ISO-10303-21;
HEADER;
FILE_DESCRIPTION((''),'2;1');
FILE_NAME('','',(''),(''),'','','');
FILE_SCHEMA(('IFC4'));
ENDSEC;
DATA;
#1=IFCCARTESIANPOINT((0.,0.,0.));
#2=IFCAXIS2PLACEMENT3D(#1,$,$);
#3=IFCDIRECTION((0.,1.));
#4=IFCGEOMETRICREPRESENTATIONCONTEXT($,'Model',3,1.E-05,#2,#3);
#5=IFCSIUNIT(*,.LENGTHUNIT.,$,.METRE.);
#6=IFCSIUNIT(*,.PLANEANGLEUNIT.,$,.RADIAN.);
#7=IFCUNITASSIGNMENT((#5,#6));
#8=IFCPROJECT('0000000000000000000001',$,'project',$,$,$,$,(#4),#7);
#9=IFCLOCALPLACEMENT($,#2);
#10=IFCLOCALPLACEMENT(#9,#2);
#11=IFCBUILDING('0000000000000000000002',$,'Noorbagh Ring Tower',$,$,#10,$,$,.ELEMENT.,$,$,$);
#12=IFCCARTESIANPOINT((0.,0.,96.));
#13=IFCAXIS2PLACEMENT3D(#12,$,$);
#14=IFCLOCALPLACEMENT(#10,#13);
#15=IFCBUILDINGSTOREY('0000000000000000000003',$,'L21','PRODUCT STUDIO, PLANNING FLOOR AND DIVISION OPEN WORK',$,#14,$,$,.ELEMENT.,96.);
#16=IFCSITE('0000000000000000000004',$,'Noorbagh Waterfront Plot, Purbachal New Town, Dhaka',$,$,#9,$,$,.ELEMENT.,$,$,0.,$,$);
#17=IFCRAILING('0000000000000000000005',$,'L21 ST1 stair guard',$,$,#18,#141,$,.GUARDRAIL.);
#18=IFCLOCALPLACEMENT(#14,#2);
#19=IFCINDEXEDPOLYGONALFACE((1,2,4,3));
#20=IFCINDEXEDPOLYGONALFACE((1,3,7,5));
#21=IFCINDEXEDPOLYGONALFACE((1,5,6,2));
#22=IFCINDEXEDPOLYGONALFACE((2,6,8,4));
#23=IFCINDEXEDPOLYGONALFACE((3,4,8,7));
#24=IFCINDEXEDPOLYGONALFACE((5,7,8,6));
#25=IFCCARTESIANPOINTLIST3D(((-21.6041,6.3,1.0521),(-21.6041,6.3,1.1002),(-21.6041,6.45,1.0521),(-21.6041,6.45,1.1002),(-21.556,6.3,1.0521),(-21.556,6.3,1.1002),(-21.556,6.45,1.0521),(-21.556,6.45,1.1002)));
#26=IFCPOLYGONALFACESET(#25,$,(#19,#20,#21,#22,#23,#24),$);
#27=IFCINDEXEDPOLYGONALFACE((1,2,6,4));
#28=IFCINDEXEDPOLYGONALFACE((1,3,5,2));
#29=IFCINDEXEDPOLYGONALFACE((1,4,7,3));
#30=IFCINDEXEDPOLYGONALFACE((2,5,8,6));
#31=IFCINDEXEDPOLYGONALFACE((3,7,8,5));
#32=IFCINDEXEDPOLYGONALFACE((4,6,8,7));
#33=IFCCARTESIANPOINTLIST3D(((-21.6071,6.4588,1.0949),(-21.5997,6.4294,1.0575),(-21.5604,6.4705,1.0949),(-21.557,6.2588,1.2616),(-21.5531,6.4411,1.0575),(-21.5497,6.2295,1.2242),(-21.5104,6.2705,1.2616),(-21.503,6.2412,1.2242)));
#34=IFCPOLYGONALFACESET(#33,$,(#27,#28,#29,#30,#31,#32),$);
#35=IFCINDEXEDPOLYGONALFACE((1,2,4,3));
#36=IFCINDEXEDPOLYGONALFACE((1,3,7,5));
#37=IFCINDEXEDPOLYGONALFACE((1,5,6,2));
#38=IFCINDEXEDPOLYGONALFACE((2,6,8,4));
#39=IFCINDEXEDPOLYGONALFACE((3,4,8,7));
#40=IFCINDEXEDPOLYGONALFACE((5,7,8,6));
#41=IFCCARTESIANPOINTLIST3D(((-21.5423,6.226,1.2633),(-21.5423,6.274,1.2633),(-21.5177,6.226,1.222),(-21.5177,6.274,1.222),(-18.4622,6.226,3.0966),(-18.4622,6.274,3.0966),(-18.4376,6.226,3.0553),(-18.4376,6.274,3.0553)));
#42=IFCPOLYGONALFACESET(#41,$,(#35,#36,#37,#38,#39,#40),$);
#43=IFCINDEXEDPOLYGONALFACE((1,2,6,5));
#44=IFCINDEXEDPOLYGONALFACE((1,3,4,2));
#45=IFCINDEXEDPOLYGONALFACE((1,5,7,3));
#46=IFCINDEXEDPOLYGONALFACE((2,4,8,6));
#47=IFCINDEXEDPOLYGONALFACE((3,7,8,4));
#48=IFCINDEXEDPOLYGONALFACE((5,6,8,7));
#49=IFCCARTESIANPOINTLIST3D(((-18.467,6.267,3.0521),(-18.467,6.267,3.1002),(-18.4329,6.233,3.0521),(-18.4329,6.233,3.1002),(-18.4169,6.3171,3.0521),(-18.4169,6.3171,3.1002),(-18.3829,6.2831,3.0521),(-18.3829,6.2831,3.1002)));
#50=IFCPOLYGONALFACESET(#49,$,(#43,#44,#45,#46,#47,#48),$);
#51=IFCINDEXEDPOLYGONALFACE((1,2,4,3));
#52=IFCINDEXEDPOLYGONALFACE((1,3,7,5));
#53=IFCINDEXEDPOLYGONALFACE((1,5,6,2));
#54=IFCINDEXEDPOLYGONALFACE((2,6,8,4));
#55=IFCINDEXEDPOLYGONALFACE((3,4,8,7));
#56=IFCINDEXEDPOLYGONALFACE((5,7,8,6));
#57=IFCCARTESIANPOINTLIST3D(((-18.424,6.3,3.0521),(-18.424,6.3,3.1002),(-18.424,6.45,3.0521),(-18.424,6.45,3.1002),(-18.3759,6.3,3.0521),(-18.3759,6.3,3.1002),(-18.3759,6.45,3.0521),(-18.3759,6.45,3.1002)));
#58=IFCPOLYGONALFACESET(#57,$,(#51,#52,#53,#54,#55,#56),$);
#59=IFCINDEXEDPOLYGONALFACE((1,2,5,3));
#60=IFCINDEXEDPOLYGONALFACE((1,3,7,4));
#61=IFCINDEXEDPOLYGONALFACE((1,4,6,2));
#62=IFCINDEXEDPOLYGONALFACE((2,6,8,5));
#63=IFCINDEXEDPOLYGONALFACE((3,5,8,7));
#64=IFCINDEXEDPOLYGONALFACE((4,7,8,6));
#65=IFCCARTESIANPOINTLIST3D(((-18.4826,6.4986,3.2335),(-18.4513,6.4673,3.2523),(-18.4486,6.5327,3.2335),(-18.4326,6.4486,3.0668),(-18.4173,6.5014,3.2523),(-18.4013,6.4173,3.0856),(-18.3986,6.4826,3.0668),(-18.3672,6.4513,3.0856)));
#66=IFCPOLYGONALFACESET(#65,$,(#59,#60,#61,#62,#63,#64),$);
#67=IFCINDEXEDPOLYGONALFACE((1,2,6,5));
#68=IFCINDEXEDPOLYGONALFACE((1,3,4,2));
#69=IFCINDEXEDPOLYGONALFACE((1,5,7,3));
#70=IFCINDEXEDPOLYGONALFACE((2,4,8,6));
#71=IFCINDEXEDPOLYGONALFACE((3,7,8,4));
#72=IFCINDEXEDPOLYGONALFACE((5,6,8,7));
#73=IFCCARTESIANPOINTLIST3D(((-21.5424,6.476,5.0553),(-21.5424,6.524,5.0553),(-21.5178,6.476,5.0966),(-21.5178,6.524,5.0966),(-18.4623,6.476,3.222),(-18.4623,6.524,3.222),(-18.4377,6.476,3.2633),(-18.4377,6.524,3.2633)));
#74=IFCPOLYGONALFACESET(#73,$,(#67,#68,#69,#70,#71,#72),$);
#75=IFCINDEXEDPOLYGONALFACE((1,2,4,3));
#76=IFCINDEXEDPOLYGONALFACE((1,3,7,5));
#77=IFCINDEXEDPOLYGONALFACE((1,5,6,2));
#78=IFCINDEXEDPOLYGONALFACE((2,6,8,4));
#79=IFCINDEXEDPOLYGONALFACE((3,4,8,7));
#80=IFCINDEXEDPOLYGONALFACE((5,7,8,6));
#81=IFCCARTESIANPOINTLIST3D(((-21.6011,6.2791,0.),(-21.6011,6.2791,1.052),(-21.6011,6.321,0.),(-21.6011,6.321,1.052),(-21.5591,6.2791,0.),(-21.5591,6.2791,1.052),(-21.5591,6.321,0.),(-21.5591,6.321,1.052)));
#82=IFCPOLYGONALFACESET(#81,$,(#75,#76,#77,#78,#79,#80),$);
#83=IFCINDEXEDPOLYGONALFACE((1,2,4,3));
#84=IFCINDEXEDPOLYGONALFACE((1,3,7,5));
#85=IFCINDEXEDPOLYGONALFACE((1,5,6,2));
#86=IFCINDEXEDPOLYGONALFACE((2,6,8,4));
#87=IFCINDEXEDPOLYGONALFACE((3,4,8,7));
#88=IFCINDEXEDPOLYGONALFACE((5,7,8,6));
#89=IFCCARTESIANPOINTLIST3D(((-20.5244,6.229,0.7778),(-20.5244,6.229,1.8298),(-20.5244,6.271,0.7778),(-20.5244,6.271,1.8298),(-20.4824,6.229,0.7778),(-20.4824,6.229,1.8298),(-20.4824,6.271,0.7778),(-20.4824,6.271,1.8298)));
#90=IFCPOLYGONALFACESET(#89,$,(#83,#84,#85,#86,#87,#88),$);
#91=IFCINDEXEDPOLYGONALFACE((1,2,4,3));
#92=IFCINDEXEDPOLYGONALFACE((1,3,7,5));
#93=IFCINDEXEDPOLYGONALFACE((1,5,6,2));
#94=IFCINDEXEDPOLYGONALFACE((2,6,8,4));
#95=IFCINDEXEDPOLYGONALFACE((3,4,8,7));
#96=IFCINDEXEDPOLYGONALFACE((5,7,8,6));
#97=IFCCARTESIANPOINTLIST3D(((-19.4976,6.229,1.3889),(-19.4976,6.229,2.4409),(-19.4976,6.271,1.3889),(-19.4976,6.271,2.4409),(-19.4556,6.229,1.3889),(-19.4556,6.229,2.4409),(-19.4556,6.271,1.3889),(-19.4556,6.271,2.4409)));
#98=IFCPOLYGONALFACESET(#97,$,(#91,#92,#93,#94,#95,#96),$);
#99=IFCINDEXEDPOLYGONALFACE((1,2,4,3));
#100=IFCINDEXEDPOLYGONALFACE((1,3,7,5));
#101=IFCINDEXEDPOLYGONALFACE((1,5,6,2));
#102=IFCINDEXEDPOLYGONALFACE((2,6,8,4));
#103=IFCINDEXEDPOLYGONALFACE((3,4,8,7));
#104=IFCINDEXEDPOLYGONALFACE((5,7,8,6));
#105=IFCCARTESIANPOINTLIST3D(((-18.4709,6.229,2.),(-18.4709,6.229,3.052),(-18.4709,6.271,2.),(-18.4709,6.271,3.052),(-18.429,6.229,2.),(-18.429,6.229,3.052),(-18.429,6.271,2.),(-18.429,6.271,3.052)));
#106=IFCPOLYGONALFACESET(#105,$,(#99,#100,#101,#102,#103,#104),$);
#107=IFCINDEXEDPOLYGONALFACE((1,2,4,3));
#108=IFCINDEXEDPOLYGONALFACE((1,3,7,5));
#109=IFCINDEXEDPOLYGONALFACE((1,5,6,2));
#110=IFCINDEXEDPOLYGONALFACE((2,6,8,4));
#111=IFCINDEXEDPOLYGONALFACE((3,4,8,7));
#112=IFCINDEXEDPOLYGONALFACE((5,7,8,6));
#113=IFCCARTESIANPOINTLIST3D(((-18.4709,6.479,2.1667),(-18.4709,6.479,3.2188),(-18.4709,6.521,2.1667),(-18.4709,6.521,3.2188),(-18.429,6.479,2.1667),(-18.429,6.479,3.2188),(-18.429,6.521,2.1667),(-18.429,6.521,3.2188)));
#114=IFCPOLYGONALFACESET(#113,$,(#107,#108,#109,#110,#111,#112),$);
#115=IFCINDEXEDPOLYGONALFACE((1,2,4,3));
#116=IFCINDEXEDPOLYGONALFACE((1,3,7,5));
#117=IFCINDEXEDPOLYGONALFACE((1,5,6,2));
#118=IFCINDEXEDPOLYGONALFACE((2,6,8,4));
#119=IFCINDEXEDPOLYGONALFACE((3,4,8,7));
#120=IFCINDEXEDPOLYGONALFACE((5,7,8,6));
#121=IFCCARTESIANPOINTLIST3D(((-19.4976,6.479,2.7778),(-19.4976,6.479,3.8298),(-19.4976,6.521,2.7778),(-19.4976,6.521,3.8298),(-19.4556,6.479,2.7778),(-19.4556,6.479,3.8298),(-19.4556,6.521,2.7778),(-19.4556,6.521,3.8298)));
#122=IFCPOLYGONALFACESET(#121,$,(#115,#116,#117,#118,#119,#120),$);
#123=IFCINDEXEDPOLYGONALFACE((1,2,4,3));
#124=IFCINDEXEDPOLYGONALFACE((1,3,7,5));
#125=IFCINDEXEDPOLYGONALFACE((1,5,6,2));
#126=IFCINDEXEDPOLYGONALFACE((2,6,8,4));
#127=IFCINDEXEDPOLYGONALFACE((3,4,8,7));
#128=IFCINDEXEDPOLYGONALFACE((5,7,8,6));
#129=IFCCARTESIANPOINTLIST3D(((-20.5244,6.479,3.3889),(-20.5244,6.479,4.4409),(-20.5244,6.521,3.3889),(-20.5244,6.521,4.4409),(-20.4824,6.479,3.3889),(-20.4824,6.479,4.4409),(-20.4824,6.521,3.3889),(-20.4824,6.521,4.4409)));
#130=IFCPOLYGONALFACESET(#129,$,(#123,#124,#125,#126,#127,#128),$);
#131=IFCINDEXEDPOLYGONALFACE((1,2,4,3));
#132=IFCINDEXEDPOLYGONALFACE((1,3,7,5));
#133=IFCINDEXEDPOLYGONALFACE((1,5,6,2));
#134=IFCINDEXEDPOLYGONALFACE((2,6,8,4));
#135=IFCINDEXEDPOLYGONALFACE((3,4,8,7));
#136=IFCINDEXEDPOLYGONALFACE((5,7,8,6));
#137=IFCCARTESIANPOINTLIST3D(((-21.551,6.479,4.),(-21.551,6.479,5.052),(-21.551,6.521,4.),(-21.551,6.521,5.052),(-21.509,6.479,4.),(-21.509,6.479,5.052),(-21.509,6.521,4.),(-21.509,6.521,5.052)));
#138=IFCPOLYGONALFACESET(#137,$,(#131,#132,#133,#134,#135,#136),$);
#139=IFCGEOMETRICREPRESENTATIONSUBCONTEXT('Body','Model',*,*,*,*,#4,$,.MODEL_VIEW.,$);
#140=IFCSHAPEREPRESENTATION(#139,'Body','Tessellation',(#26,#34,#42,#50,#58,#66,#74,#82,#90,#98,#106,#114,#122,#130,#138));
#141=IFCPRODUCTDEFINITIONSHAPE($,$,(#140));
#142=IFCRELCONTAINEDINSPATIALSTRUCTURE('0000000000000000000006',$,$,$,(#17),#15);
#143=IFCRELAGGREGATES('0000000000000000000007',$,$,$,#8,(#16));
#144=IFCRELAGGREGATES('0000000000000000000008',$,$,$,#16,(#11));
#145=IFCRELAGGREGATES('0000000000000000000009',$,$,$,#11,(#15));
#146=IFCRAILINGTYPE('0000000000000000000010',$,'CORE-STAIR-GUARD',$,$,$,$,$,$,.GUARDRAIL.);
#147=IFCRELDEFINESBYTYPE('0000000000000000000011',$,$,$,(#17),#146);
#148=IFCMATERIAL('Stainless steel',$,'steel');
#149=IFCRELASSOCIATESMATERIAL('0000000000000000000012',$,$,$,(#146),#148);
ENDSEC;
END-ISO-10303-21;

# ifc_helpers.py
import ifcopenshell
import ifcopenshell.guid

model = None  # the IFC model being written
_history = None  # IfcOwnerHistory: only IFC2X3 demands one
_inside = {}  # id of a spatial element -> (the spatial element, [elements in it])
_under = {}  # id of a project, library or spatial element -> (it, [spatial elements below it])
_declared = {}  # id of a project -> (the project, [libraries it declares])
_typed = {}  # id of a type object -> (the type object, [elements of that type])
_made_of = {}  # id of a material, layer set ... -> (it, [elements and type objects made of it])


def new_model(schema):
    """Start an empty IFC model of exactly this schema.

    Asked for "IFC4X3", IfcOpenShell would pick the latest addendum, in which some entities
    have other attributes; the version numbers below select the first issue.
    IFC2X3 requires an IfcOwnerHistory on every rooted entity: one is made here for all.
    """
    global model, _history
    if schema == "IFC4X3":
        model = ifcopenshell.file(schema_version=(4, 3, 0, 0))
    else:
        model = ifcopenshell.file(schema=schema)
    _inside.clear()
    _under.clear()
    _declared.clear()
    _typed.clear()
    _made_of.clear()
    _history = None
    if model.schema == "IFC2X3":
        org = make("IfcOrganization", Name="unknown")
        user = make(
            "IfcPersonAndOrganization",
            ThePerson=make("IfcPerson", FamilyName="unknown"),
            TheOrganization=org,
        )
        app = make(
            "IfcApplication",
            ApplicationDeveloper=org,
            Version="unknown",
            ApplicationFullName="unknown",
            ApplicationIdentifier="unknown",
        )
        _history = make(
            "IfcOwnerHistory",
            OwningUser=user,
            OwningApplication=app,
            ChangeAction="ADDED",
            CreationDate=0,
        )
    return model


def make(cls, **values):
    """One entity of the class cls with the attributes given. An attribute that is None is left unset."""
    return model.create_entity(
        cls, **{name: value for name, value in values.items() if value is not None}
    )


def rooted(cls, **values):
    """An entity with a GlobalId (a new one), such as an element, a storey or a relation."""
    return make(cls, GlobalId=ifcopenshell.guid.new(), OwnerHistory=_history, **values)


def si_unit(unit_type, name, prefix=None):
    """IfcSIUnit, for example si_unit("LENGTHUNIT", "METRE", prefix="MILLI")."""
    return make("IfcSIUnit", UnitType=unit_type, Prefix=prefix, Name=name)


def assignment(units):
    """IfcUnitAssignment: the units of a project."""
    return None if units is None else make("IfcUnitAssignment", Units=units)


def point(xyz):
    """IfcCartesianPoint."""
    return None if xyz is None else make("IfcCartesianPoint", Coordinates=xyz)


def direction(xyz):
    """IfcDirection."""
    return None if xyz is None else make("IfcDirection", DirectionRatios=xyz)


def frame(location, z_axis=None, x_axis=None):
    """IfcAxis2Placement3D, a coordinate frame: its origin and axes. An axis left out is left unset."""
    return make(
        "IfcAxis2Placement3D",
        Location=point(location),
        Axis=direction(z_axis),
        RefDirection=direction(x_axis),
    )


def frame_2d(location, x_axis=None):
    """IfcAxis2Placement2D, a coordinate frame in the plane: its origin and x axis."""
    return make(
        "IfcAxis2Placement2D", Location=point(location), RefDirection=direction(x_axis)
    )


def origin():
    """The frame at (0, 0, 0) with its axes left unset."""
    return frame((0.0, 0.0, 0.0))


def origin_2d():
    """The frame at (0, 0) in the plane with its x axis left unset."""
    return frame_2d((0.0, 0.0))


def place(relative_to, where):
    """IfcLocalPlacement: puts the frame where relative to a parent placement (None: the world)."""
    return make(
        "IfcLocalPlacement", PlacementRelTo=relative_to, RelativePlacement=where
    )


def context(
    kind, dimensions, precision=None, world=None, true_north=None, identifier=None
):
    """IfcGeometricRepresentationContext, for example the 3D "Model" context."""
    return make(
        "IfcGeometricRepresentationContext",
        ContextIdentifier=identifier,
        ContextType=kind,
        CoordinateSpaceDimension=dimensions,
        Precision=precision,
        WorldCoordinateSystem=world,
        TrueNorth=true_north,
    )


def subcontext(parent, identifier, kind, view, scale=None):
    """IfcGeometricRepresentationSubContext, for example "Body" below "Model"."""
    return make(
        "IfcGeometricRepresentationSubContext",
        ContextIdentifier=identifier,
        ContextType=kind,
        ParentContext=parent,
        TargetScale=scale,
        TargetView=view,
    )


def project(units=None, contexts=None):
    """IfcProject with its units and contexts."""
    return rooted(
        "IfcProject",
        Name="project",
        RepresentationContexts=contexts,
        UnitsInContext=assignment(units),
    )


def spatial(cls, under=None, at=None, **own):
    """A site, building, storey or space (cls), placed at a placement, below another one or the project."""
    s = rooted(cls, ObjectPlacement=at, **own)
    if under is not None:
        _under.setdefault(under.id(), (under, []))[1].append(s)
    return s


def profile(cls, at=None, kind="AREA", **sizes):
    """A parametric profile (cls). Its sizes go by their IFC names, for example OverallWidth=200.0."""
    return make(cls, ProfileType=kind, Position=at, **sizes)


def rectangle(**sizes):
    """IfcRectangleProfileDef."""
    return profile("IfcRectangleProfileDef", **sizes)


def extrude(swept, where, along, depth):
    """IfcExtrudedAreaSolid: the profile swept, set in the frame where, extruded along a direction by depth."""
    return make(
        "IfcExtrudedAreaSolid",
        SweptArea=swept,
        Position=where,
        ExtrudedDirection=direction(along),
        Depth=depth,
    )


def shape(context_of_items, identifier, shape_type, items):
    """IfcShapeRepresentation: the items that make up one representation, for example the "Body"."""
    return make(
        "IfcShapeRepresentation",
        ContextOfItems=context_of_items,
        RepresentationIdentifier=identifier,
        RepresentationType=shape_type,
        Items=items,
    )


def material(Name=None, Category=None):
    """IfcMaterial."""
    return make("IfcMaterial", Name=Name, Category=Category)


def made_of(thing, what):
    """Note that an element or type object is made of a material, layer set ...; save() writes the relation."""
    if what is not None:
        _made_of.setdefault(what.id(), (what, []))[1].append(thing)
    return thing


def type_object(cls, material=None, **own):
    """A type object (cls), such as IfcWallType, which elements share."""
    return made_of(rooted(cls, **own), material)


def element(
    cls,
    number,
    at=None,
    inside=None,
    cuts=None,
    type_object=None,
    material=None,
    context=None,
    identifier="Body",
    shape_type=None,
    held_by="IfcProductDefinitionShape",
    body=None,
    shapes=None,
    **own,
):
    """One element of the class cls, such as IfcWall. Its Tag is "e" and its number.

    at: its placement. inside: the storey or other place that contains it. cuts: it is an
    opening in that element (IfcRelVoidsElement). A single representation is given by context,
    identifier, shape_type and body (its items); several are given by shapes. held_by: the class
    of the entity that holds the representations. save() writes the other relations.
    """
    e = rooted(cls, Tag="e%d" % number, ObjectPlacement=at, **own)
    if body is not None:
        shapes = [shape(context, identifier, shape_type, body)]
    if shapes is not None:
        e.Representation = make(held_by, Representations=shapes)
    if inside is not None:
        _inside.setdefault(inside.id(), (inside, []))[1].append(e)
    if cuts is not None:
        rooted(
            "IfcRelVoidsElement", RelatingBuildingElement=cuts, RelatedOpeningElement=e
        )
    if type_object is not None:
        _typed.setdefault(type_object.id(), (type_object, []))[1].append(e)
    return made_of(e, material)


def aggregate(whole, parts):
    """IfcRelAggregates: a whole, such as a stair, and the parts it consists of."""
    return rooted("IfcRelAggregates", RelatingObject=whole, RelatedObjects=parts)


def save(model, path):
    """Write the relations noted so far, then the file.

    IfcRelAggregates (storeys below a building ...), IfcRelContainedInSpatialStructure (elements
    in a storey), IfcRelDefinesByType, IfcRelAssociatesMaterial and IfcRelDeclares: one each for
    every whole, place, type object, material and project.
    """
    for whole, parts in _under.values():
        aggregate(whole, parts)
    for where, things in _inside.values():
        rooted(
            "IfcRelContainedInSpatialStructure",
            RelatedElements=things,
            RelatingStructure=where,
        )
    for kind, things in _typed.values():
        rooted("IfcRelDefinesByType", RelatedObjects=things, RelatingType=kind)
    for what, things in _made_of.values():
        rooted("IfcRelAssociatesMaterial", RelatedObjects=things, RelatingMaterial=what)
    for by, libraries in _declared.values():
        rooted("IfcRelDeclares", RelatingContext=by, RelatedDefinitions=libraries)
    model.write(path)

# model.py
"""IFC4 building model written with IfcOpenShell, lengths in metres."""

from ifc_helpers import new_model, si_unit, direction, frame, origin, origin_2d, place, context, subcontext, project, spatial, rectangle, extrude, material, type_object, element, save


model = new_model("IFC4")

# Units and contexts
model_context = context("Model", 3, precision=1e-05, world=origin(), true_north=direction((0.0, 1.0)))
body_context = subcontext(model_context, "Body", "Model", "MODEL_VIEW")
ifc_project = project(units=[si_unit("LENGTHUNIT", "METRE"), si_unit("PLANEANGLEUNIT", "RADIAN")], contexts=[model_context])

# Site, building, storey
site_placement = place(None, origin())
site = spatial("IfcSite", under=ifc_project, at=site_placement, Name="Noorbagh Waterfront Plot, Purbachal New Town, Dhaka", CompositionType="ELEMENT", RefElevation=0.0)
building_placement = place(site_placement, origin())
building = spatial("IfcBuilding", under=site, at=building_placement, Name="Noorbagh Ring Tower", CompositionType="ELEMENT")
storey_placement = place(building_placement, frame((0.0, 0.0, 96.0)))
storey = spatial("IfcBuildingStorey", under=building, at=storey_placement, Name="L21", Description="PRODUCT STUDIO, PLANNING FLOOR AND DIVISION OPEN WORK", CompositionType="ELEMENT", Elevation=96.0)

# Railing
ifc_material_1 = material(Name="Stainless steel", Category="steel")
railing_type_1 = type_object("IfcRailingType", Name="CORE-STAIR-GUARD", PredefinedType="GUARDRAIL", material=ifc_material_1)
railing_1_placement = place(storey_placement, frame((-21.5801, 6.3, 0.0)))
element("IfcRailing", 1, at=railing_1_placement, inside=storey, type_object=railing_type_1, Name="L21 ST1 stair guard", PredefinedType="GUARDRAIL", context=body_context, shape_type="SweptSolid", body=[
    extrude(rectangle(XDim=0.0481, YDim=0.0481, at=origin_2d()), frame((0.0, 0.0, 1.0762), z_axis=(0.0, 1.0, 0.0), x_axis=(-1.0, 0.0, 0.0)), (0.0, 0.0, 1.0), 0.1499),
    extrude(rectangle(XDim=0.0481, YDim=0.0481, at=origin_2d()), frame((0.0, 0.1499, 1.0762), z_axis=(0.188776, -0.754182, 0.628946), x_axis=(0.970073, 0.242814, 0.0)), (0.0, 0.0, 1.0), 0.2651),
    extrude(rectangle(XDim=0.0481, YDim=0.0481, at=origin_2d()), frame((0.05, -0.05, 1.2427), z_axis=(0.859309, 0.0, 0.511458), x_axis=(0.0, 1.0, 0.0)), (0.0, 0.0, 1.0), 3.5845),
    extrude(rectangle(XDim=0.0481, YDim=0.0481, at=origin_2d()), frame((3.1301, -0.05, 3.0762), z_axis=(0.707107, 0.707107, 0.0), x_axis=(-0.707107, 0.707107, 0.0)), (0.0, 0.0, 1.0), 0.0708),
    extrude(rectangle(XDim=0.0481, YDim=0.0481, at=origin_2d()), frame((3.1802, 0.0, 3.0762), z_axis=(0.0, 1.0, 0.0), x_axis=(-1.0, 0.0, 0.0)), (0.0, 0.0, 1.0), 0.1499),
    extrude(rectangle(XDim=0.0481, YDim=0.0481, at=origin_2d()), frame((3.1802, 0.1499, 3.0762), z_axis=(-0.276287, 0.276287, 0.920506), x_axis=(-0.707107, -0.707107, 0.0)), (0.0, 0.0, 1.0), 0.1812),
    extrude(rectangle(XDim=0.0481, YDim=0.0481, at=origin_2d()), frame((3.1301, 0.2, 3.2427), z_axis=(-0.859309, 0.0, 0.511458), x_axis=(0.0, -1.0, 0.0)), (0.0, 0.0, 1.0), 3.5845),
    extrude(rectangle(XDim=0.042, YDim=0.042, at=origin_2d()), origin(), (0.0, 0.0, 1.0), 1.052),
    extrude(rectangle(XDim=0.042, YDim=0.042, at=origin_2d()), frame((1.0767, -0.05, 0.7778)), (0.0, 0.0, 1.0), 1.052),
    extrude(rectangle(XDim=0.042, YDim=0.042, at=origin_2d()), frame((2.1035, -0.05, 1.3889)), (0.0, 0.0, 1.0), 1.052),
    extrude(rectangle(XDim=0.042, YDim=0.042, at=origin_2d()), frame((3.1301, -0.05, 2.0)), (0.0, 0.0, 1.0), 1.052),
    extrude(rectangle(XDim=0.042, YDim=0.042, at=origin_2d()), frame((3.1301, 0.2, 2.1667)), (0.0, 0.0, 1.0), 1.052),
    extrude(rectangle(XDim=0.042, YDim=0.042, at=origin_2d()), frame((2.1035, 0.2, 2.7778)), (0.0, 0.0, 1.0), 1.052),
    extrude(rectangle(XDim=0.042, YDim=0.042, at=origin_2d()), frame((1.0767, 0.2, 3.3889)), (0.0, 0.0, 1.0), 1.052),
    extrude(rectangle(XDim=0.042, YDim=0.042, at=origin_2d()), frame((0.05, 0.2, 4.0)), (0.0, 0.0, 1.0), 1.052),
])

save(model, "model.ifc")
